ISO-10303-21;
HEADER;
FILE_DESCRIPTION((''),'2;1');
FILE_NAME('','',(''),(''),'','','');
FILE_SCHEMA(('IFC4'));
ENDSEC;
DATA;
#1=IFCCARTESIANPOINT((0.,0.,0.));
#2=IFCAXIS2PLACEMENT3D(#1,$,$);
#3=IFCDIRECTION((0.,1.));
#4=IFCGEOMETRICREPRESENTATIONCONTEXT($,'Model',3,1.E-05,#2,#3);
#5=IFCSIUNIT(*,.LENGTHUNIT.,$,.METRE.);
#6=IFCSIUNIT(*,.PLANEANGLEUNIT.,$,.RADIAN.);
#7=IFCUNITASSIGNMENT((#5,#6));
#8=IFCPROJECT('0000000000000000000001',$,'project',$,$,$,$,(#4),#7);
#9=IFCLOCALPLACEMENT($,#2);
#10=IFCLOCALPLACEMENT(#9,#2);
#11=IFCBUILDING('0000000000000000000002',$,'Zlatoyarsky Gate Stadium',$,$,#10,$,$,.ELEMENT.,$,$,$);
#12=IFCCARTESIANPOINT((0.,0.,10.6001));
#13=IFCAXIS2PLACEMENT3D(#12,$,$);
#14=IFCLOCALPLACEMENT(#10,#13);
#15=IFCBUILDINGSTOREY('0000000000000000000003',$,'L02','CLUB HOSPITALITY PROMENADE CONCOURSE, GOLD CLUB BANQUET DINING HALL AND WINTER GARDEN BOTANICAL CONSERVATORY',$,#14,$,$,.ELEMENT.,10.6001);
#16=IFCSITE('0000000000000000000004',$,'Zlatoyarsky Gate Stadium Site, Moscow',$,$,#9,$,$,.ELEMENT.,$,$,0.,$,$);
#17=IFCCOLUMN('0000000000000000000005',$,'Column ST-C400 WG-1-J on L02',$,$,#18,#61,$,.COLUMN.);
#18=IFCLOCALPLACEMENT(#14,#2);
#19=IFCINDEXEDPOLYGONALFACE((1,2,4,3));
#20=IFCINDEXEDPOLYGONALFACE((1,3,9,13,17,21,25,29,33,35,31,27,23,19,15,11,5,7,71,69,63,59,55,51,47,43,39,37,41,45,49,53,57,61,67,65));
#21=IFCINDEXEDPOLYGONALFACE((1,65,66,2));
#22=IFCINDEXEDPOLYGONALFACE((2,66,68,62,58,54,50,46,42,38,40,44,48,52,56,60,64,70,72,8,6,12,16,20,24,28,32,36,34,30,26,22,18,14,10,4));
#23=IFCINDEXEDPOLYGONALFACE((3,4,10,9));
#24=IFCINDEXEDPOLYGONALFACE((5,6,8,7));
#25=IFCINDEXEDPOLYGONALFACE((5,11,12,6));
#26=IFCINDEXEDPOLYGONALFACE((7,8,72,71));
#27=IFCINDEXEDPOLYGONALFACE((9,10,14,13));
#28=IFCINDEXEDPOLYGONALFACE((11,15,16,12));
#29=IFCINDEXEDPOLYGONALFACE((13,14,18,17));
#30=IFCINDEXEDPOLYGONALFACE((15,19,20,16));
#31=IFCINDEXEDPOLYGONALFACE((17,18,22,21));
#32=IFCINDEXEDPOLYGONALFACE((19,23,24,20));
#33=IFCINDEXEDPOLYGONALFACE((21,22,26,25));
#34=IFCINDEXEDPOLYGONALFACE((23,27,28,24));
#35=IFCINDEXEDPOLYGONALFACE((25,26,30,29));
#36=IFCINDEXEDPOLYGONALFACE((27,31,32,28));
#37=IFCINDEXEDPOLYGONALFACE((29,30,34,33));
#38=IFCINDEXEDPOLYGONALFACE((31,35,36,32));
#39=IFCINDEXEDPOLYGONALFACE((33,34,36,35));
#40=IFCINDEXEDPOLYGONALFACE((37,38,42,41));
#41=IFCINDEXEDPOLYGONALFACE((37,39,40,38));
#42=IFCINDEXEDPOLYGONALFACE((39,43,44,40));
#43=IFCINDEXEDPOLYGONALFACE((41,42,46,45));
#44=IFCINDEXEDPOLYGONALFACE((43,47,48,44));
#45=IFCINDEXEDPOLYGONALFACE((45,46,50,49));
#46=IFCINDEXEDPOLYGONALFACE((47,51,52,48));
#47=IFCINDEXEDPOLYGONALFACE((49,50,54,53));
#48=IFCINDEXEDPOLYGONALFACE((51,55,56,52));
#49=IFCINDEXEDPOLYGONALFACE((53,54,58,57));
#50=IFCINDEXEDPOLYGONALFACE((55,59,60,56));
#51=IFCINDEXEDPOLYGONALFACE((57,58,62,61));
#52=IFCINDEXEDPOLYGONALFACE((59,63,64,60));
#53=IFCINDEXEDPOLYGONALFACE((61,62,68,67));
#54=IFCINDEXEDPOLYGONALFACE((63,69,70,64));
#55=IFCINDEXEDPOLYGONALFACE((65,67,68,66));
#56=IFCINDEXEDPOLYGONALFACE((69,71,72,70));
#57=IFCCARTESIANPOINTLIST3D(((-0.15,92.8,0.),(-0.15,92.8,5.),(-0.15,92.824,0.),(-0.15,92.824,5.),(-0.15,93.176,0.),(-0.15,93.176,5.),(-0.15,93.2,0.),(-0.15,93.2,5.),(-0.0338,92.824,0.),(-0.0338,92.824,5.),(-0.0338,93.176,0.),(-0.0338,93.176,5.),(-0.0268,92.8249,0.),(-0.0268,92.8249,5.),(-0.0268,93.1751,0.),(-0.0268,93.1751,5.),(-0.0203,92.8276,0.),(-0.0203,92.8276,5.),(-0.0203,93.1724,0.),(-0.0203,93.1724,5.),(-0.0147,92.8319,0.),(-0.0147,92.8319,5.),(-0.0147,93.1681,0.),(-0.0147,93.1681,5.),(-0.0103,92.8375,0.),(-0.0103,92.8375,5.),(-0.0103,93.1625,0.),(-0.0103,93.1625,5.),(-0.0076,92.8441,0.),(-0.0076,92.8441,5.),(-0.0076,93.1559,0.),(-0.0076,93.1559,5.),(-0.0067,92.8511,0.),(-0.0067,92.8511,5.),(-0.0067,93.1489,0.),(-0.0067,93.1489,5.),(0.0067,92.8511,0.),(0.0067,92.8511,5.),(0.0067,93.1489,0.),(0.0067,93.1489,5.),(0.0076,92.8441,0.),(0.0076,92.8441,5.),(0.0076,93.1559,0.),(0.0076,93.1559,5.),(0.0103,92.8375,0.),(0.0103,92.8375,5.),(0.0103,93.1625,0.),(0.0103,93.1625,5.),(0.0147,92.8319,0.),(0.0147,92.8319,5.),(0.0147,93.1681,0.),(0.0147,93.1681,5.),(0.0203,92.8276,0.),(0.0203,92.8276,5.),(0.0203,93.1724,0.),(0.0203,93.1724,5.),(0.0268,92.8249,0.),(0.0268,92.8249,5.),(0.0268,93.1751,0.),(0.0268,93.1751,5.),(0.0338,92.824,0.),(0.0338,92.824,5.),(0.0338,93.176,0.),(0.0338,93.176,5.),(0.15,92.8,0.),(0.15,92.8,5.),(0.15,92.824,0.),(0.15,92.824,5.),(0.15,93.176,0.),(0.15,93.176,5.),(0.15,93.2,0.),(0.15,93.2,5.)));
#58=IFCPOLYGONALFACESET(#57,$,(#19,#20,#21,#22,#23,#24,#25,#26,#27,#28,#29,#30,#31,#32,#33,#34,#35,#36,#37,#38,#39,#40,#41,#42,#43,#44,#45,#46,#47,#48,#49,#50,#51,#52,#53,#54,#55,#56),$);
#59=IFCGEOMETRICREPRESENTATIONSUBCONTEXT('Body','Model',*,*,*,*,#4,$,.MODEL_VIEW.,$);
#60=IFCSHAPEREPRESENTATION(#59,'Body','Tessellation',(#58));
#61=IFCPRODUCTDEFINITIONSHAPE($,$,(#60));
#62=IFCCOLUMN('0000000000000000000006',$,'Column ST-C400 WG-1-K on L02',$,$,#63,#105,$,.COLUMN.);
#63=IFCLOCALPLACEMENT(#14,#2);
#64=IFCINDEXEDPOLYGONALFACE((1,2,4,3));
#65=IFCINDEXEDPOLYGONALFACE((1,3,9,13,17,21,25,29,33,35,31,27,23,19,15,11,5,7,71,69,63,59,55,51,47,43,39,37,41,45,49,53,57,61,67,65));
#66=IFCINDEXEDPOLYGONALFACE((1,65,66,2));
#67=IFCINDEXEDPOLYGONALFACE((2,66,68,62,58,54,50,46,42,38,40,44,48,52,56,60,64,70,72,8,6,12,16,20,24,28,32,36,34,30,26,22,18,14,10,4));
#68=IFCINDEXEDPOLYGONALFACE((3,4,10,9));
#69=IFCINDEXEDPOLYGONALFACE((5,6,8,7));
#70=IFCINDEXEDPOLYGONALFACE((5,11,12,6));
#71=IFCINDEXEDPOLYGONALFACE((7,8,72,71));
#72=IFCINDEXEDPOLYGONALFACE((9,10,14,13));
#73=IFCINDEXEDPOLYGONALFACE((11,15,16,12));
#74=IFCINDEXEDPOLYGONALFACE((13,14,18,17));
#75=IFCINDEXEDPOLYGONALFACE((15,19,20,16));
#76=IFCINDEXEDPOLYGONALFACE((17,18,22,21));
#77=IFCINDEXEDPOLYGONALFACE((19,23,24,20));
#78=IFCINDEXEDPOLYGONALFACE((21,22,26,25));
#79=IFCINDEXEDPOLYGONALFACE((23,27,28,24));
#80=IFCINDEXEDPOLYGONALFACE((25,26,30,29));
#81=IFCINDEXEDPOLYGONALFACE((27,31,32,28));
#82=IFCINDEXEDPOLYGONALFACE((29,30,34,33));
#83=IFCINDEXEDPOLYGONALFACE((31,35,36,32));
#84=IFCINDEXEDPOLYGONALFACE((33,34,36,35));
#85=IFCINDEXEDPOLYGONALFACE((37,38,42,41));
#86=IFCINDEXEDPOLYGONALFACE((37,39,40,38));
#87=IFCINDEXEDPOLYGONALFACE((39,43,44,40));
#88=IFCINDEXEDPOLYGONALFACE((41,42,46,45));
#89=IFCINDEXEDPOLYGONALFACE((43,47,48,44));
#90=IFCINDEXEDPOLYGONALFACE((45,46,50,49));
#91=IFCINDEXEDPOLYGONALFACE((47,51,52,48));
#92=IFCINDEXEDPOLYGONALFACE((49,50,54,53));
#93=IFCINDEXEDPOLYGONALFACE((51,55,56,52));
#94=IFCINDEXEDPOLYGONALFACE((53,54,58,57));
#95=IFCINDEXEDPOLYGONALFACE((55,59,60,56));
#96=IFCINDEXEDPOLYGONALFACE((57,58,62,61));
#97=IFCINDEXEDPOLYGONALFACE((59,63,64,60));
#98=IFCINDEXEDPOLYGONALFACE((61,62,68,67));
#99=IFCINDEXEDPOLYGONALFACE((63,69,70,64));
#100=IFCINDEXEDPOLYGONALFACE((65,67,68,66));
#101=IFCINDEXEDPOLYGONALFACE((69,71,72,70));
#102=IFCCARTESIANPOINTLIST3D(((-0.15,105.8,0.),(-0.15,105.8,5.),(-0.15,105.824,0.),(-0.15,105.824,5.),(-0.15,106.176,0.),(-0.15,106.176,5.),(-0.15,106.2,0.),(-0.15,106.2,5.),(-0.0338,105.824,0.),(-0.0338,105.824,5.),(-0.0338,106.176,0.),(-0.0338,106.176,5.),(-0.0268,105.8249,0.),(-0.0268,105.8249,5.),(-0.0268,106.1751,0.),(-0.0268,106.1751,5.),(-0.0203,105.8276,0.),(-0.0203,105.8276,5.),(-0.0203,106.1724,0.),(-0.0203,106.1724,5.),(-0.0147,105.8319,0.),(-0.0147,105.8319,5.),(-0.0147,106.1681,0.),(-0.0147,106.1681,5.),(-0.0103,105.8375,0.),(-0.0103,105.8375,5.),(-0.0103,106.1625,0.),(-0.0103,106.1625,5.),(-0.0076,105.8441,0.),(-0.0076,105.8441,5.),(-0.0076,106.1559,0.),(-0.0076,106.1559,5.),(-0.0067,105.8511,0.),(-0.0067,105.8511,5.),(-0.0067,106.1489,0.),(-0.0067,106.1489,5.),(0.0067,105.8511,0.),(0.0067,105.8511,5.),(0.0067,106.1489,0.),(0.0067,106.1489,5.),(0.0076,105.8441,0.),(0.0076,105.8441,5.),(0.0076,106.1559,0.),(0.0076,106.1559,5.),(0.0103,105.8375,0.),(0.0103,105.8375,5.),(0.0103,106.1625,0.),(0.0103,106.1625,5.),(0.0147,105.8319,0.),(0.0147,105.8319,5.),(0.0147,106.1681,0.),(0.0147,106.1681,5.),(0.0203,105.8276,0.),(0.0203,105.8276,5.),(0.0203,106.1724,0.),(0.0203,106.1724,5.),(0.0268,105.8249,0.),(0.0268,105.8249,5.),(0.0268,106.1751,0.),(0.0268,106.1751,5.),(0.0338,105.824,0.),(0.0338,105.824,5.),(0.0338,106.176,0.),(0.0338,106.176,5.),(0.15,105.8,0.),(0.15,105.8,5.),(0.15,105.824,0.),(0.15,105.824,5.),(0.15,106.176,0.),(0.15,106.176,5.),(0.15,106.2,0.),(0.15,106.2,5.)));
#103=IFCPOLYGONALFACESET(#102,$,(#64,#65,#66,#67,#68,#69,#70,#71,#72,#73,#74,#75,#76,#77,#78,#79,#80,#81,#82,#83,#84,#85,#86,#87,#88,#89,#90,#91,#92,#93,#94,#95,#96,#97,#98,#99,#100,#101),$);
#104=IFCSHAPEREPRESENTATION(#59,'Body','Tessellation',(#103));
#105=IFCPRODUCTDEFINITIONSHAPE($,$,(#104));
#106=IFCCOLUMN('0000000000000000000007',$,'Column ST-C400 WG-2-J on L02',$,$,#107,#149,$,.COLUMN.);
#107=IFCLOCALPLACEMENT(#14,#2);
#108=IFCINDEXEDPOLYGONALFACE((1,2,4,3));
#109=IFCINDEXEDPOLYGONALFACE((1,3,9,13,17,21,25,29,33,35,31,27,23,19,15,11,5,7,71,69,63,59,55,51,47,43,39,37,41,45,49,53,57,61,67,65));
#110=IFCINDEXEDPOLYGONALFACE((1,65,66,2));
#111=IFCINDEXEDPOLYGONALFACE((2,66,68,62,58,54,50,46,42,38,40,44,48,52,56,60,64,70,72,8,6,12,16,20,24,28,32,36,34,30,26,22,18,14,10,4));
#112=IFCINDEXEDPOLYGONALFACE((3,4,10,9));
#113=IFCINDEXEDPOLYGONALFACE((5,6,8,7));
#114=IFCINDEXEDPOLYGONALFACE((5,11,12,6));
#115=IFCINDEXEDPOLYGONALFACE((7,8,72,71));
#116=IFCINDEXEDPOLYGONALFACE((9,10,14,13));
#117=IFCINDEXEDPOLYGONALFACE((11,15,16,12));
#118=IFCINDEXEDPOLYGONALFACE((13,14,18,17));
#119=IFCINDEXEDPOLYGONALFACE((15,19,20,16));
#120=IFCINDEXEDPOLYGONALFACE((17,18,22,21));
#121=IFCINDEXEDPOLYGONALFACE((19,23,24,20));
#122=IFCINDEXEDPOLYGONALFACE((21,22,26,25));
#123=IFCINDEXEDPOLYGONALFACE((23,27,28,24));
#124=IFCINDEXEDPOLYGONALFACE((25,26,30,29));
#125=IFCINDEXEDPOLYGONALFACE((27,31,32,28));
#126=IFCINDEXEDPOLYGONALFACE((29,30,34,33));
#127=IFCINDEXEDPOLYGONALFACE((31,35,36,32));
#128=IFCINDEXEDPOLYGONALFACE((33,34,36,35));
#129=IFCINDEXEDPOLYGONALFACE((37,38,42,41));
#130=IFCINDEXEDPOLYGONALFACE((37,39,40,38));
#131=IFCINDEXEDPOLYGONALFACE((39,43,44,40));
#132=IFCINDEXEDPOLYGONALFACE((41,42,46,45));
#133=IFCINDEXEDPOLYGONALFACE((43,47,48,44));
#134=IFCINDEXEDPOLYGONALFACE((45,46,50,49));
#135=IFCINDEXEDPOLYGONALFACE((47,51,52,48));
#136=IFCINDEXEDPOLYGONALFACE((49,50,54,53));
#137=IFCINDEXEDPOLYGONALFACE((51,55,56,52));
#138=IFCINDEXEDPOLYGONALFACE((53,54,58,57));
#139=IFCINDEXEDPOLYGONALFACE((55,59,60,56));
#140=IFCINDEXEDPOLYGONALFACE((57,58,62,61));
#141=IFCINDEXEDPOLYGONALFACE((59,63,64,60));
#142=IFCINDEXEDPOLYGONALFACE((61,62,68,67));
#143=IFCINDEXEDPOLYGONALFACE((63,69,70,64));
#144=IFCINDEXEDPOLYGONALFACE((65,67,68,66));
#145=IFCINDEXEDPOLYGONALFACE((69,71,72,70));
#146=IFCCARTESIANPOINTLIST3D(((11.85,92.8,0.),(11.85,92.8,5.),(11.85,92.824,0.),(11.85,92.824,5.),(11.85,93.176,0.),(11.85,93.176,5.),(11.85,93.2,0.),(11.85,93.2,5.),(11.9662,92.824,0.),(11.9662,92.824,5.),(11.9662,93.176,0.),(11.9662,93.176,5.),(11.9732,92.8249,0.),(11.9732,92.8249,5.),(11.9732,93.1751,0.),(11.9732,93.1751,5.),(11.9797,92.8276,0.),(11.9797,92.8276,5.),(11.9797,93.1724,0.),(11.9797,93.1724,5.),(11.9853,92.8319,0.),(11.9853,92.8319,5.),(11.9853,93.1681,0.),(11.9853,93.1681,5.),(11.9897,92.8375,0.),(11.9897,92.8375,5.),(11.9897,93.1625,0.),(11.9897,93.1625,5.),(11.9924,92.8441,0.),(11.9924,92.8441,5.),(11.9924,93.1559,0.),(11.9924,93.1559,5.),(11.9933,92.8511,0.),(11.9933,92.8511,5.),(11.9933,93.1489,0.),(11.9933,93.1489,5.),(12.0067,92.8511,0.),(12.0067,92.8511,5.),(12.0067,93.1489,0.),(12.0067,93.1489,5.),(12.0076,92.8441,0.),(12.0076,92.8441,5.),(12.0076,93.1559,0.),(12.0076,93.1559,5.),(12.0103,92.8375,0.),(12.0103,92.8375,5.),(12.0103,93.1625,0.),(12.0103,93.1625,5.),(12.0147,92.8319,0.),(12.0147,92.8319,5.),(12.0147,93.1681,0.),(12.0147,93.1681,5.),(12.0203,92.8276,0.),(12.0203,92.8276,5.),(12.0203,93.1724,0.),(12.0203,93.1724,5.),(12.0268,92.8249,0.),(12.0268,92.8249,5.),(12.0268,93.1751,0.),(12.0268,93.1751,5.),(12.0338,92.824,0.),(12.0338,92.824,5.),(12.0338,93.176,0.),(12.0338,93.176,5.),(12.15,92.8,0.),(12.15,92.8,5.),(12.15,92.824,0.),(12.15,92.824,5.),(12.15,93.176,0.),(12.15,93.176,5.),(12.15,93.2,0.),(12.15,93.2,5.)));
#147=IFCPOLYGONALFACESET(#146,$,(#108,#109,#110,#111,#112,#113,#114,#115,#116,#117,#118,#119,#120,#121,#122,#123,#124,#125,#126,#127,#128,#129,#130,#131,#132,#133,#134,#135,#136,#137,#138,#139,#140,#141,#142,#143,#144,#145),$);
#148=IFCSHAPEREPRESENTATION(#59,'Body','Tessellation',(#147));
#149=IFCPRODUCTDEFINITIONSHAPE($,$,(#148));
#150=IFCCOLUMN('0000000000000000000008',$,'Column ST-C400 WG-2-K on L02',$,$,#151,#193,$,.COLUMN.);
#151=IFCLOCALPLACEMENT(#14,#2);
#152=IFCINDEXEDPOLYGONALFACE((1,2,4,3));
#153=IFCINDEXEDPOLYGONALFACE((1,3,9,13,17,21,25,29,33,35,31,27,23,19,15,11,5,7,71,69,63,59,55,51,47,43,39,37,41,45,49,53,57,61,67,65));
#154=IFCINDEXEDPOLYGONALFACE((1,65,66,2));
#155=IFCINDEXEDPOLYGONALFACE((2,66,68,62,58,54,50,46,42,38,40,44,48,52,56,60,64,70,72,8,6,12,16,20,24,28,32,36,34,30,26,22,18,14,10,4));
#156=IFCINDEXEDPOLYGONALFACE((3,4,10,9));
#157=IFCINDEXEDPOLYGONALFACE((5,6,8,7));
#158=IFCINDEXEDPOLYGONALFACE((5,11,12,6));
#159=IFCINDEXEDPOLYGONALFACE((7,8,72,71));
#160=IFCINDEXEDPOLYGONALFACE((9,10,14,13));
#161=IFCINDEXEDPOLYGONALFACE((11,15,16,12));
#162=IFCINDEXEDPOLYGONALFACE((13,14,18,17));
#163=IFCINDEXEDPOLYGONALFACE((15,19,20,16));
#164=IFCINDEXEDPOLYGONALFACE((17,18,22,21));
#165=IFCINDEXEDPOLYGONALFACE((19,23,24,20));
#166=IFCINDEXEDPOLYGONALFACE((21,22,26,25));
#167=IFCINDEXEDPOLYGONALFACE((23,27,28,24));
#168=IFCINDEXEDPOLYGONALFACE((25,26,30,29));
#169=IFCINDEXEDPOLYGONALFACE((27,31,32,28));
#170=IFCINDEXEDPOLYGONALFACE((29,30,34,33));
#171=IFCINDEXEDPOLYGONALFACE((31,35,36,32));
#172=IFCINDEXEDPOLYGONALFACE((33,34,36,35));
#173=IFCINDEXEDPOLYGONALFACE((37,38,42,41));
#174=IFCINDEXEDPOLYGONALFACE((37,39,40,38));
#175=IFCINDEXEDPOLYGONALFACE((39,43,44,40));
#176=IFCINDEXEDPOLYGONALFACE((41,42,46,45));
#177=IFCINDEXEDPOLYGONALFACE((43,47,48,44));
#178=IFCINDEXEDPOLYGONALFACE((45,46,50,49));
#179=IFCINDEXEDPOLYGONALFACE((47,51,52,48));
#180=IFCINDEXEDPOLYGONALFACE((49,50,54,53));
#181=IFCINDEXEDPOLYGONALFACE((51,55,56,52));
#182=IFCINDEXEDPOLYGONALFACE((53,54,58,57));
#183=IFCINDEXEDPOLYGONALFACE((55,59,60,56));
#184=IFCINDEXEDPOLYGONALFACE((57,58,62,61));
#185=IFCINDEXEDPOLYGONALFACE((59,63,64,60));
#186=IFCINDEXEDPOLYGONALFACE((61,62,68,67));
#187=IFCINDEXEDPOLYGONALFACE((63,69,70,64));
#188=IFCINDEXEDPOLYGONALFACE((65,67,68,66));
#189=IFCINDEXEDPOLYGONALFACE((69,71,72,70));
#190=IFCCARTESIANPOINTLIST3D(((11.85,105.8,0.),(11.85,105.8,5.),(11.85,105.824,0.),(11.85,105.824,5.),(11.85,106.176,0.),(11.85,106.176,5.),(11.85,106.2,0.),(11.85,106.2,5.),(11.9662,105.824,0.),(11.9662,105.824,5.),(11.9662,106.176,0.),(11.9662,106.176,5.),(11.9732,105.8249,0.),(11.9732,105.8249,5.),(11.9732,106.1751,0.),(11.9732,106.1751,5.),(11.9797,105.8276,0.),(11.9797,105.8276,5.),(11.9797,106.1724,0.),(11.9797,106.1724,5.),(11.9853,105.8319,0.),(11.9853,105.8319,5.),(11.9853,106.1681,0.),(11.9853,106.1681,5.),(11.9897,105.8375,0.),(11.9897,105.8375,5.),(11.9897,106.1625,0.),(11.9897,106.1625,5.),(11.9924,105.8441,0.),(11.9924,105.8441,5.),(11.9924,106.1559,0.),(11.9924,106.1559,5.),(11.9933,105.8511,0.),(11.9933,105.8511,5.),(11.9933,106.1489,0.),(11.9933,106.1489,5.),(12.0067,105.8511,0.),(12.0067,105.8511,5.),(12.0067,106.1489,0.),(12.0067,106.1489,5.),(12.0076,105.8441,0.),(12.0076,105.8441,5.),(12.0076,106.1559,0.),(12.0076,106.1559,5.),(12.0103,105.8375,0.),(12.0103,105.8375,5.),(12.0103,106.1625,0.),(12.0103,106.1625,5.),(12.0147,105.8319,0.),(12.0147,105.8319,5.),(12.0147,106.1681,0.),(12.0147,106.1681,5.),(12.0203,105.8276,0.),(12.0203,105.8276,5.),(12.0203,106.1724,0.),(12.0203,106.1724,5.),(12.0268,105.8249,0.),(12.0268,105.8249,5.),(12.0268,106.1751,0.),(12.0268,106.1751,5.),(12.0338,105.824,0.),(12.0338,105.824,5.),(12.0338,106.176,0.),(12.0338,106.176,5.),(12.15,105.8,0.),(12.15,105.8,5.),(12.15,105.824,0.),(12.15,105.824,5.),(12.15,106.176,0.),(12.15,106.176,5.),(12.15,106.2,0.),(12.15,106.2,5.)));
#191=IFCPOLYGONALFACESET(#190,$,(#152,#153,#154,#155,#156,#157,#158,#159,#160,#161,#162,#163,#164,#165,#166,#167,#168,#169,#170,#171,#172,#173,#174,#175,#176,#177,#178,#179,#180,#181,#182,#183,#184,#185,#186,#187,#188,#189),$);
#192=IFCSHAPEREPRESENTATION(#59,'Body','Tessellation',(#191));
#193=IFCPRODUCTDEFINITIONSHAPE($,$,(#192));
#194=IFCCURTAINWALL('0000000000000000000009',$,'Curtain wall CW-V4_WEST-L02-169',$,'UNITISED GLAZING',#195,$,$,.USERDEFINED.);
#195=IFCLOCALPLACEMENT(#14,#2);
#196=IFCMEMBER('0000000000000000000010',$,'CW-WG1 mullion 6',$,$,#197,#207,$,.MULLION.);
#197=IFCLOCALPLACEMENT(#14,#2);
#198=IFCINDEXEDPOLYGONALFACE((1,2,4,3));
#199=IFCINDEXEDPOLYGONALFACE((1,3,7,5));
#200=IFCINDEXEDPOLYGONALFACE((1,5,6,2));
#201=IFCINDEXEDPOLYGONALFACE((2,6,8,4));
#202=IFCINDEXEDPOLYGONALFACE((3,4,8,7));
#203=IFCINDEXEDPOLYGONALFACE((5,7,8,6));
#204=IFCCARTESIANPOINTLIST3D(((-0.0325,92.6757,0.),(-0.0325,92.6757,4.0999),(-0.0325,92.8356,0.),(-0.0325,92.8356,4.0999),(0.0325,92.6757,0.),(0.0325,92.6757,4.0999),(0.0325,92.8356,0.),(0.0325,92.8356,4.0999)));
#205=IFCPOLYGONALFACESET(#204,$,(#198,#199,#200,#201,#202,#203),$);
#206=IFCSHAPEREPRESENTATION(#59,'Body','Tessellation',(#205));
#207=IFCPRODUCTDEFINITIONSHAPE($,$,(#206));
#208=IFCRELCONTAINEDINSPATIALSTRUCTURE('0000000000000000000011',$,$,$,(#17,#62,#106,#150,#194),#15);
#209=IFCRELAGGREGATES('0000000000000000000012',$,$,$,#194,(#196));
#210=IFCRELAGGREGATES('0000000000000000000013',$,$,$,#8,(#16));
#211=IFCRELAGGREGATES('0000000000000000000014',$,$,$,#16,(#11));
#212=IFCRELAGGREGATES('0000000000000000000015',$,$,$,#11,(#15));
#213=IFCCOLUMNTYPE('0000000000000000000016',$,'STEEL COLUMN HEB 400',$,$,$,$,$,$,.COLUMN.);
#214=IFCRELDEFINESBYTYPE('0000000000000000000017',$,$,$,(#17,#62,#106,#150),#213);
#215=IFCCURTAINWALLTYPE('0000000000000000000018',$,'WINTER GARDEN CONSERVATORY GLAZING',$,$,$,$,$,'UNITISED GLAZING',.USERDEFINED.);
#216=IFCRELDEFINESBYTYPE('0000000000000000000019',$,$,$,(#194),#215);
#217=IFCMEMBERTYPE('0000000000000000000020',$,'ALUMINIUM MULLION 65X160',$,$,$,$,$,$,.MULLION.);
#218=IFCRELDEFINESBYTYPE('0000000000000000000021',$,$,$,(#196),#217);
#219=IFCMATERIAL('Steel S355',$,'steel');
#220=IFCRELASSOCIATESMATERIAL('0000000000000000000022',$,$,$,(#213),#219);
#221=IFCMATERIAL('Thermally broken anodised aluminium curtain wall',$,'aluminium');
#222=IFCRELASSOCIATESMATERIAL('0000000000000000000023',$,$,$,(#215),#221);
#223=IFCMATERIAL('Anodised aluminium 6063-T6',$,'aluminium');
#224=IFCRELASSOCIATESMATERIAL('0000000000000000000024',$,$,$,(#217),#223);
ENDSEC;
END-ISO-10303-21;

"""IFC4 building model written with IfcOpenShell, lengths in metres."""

from ifc_helpers import new_model, si_unit, direction, frame, origin, origin_2d, place, context, subcontext, project, spatial, rectangle, i_section, extrude, material, material_profile, profile_set, type_object, element, aggregate, save


model = new_model("IFC4")

# Units and contexts
model_context = context("Model", 3, precision=1e-05, world=origin(), true_north=direction((0.0, 1.0)))
body_context = subcontext(model_context, "Body", "Model", "MODEL_VIEW")
ifc_project = project(units=[si_unit("LENGTHUNIT", "METRE"), si_unit("PLANEANGLEUNIT", "RADIAN")], contexts=[model_context])

# Site, building, storey
site_placement = place(None, origin())
site = spatial("IfcSite", under=ifc_project, at=site_placement, Name="Zlatoyarsky Gate Stadium Site, Moscow", CompositionType="ELEMENT", RefElevation=0.0)
building_placement = place(site_placement, origin())
building = spatial("IfcBuilding", under=site, at=building_placement, Name="Zlatoyarsky Gate Stadium", CompositionType="ELEMENT")
storey_placement = place(building_placement, frame((0.0, 0.0, 10.6001)))
storey = spatial("IfcBuildingStorey", under=building, at=storey_placement, Name="L02", Description="CLUB HOSPITALITY PROMENADE CONCOURSE, GOLD CLUB BANQUET DINING HALL AND WINTER GARDEN BOTANICAL CONSERVATORY", CompositionType="ELEMENT", Elevation=10.6001)

# Columns
ifc_material_1 = material(Name="Steel S355", Category="steel")
ifc_material_profile_1 = material_profile(ifc_material_1, i_section(OverallWidth=0.3, OverallDepth=0.3999, WebThickness=0.0134, FlangeThickness=0.0239, FilletRadius=0.0271, at=origin_2d()), Name="HEB 400")
ifc_profile_set_1 = profile_set([ifc_material_profile_1], Name="Steel S355")
column_type = type_object("IfcColumnType", Name="STEEL COLUMN HEB 400", PredefinedType="COLUMN", material=ifc_profile_set_1)
for number, where, z_axis, x_axis, name in (
    (1, (0.0, 93.0, 0.0), (0.0, 0.0, 1.0), (1.0, 0.0, 0.0), "Column ST-C400 WG-1-J on L02"),
    (2, (0.0, 106.0, 0.0), (0.0, 0.0, 1.0), (1.0, 0.0, 0.0), "Column ST-C400 WG-1-K on L02"),
    (3, (12.0, 93.0, 0.0), (0.0, 0.0, 1.0), (1.0, 0.0, 0.0), "Column ST-C400 WG-2-J on L02"),
    (4, (12.0, 106.0, 0.0), (0.0, 0.0, 1.0), (1.0, 0.0, 0.0), "Column ST-C400 WG-2-K on L02"),
):
    element("IfcColumn", number, at=place(storey_placement, frame(where, z_axis=z_axis, x_axis=x_axis)), inside=storey, type_object=column_type, Name=name, PredefinedType="COLUMN", context=body_context, shape_type="SweptSolid", body=[
        extrude(i_section(OverallWidth=0.3, OverallDepth=0.3999, WebThickness=0.0134, FlangeThickness=0.0239, FilletRadius=0.0271, at=origin_2d()), origin(), (0.0, 0.0, 1.0), 5.0),
    ])

# Curtain wall, member
ifc_material_2 = material(Name="Thermally broken anodised aluminium curtain wall", Category="aluminium")
curtain_wall_type = type_object("IfcCurtainWallType", Name="WINTER GARDEN CONSERVATORY GLAZING", ElementType="UNITISED GLAZING", PredefinedType="USERDEFINED", material=ifc_material_2)
curtain_wall_1_placement = place(storey_placement, origin())
curtain_wall_1 = element("IfcCurtainWall", 5, at=curtain_wall_1_placement, inside=storey, type_object=curtain_wall_type, Name="Curtain wall CW-V4_WEST-L02-169", ObjectType="UNITISED GLAZING", PredefinedType="USERDEFINED")
ifc_material_3 = material(Name="Anodised aluminium 6063-T6", Category="aluminium")
ifc_material_profile_2 = material_profile(ifc_material_3, rectangle(XDim=0.0649, YDim=0.1599, at=origin_2d()), Name="ALU 65X160")
ifc_profile_set_2 = profile_set([ifc_material_profile_2], Name="Anodised aluminium 6063-T6")
member_type_1 = type_object("IfcMemberType", Name="ALUMINIUM MULLION 65X160", PredefinedType="MULLION", material=ifc_profile_set_2)
member_1_placement = place(storey_placement, frame((0.0, 92.7556, 0.0), z_axis=(0.0, 0.0, 1.0), x_axis=(-1.0, 0.0, 0.0)))
member_1 = element("IfcMember", 6, at=member_1_placement, type_object=member_type_1, Name="CW-WG1 mullion 6", PredefinedType="MULLION", context=body_context, shape_type="SweptSolid", body=[
    extrude(rectangle(XDim=0.0649, YDim=0.1599, at=origin_2d()), origin(), (0.0, 0.0, 1.0), 4.0999),
])

aggregate(curtain_wall_1, [member_1])

save(model, "model.ifc")
